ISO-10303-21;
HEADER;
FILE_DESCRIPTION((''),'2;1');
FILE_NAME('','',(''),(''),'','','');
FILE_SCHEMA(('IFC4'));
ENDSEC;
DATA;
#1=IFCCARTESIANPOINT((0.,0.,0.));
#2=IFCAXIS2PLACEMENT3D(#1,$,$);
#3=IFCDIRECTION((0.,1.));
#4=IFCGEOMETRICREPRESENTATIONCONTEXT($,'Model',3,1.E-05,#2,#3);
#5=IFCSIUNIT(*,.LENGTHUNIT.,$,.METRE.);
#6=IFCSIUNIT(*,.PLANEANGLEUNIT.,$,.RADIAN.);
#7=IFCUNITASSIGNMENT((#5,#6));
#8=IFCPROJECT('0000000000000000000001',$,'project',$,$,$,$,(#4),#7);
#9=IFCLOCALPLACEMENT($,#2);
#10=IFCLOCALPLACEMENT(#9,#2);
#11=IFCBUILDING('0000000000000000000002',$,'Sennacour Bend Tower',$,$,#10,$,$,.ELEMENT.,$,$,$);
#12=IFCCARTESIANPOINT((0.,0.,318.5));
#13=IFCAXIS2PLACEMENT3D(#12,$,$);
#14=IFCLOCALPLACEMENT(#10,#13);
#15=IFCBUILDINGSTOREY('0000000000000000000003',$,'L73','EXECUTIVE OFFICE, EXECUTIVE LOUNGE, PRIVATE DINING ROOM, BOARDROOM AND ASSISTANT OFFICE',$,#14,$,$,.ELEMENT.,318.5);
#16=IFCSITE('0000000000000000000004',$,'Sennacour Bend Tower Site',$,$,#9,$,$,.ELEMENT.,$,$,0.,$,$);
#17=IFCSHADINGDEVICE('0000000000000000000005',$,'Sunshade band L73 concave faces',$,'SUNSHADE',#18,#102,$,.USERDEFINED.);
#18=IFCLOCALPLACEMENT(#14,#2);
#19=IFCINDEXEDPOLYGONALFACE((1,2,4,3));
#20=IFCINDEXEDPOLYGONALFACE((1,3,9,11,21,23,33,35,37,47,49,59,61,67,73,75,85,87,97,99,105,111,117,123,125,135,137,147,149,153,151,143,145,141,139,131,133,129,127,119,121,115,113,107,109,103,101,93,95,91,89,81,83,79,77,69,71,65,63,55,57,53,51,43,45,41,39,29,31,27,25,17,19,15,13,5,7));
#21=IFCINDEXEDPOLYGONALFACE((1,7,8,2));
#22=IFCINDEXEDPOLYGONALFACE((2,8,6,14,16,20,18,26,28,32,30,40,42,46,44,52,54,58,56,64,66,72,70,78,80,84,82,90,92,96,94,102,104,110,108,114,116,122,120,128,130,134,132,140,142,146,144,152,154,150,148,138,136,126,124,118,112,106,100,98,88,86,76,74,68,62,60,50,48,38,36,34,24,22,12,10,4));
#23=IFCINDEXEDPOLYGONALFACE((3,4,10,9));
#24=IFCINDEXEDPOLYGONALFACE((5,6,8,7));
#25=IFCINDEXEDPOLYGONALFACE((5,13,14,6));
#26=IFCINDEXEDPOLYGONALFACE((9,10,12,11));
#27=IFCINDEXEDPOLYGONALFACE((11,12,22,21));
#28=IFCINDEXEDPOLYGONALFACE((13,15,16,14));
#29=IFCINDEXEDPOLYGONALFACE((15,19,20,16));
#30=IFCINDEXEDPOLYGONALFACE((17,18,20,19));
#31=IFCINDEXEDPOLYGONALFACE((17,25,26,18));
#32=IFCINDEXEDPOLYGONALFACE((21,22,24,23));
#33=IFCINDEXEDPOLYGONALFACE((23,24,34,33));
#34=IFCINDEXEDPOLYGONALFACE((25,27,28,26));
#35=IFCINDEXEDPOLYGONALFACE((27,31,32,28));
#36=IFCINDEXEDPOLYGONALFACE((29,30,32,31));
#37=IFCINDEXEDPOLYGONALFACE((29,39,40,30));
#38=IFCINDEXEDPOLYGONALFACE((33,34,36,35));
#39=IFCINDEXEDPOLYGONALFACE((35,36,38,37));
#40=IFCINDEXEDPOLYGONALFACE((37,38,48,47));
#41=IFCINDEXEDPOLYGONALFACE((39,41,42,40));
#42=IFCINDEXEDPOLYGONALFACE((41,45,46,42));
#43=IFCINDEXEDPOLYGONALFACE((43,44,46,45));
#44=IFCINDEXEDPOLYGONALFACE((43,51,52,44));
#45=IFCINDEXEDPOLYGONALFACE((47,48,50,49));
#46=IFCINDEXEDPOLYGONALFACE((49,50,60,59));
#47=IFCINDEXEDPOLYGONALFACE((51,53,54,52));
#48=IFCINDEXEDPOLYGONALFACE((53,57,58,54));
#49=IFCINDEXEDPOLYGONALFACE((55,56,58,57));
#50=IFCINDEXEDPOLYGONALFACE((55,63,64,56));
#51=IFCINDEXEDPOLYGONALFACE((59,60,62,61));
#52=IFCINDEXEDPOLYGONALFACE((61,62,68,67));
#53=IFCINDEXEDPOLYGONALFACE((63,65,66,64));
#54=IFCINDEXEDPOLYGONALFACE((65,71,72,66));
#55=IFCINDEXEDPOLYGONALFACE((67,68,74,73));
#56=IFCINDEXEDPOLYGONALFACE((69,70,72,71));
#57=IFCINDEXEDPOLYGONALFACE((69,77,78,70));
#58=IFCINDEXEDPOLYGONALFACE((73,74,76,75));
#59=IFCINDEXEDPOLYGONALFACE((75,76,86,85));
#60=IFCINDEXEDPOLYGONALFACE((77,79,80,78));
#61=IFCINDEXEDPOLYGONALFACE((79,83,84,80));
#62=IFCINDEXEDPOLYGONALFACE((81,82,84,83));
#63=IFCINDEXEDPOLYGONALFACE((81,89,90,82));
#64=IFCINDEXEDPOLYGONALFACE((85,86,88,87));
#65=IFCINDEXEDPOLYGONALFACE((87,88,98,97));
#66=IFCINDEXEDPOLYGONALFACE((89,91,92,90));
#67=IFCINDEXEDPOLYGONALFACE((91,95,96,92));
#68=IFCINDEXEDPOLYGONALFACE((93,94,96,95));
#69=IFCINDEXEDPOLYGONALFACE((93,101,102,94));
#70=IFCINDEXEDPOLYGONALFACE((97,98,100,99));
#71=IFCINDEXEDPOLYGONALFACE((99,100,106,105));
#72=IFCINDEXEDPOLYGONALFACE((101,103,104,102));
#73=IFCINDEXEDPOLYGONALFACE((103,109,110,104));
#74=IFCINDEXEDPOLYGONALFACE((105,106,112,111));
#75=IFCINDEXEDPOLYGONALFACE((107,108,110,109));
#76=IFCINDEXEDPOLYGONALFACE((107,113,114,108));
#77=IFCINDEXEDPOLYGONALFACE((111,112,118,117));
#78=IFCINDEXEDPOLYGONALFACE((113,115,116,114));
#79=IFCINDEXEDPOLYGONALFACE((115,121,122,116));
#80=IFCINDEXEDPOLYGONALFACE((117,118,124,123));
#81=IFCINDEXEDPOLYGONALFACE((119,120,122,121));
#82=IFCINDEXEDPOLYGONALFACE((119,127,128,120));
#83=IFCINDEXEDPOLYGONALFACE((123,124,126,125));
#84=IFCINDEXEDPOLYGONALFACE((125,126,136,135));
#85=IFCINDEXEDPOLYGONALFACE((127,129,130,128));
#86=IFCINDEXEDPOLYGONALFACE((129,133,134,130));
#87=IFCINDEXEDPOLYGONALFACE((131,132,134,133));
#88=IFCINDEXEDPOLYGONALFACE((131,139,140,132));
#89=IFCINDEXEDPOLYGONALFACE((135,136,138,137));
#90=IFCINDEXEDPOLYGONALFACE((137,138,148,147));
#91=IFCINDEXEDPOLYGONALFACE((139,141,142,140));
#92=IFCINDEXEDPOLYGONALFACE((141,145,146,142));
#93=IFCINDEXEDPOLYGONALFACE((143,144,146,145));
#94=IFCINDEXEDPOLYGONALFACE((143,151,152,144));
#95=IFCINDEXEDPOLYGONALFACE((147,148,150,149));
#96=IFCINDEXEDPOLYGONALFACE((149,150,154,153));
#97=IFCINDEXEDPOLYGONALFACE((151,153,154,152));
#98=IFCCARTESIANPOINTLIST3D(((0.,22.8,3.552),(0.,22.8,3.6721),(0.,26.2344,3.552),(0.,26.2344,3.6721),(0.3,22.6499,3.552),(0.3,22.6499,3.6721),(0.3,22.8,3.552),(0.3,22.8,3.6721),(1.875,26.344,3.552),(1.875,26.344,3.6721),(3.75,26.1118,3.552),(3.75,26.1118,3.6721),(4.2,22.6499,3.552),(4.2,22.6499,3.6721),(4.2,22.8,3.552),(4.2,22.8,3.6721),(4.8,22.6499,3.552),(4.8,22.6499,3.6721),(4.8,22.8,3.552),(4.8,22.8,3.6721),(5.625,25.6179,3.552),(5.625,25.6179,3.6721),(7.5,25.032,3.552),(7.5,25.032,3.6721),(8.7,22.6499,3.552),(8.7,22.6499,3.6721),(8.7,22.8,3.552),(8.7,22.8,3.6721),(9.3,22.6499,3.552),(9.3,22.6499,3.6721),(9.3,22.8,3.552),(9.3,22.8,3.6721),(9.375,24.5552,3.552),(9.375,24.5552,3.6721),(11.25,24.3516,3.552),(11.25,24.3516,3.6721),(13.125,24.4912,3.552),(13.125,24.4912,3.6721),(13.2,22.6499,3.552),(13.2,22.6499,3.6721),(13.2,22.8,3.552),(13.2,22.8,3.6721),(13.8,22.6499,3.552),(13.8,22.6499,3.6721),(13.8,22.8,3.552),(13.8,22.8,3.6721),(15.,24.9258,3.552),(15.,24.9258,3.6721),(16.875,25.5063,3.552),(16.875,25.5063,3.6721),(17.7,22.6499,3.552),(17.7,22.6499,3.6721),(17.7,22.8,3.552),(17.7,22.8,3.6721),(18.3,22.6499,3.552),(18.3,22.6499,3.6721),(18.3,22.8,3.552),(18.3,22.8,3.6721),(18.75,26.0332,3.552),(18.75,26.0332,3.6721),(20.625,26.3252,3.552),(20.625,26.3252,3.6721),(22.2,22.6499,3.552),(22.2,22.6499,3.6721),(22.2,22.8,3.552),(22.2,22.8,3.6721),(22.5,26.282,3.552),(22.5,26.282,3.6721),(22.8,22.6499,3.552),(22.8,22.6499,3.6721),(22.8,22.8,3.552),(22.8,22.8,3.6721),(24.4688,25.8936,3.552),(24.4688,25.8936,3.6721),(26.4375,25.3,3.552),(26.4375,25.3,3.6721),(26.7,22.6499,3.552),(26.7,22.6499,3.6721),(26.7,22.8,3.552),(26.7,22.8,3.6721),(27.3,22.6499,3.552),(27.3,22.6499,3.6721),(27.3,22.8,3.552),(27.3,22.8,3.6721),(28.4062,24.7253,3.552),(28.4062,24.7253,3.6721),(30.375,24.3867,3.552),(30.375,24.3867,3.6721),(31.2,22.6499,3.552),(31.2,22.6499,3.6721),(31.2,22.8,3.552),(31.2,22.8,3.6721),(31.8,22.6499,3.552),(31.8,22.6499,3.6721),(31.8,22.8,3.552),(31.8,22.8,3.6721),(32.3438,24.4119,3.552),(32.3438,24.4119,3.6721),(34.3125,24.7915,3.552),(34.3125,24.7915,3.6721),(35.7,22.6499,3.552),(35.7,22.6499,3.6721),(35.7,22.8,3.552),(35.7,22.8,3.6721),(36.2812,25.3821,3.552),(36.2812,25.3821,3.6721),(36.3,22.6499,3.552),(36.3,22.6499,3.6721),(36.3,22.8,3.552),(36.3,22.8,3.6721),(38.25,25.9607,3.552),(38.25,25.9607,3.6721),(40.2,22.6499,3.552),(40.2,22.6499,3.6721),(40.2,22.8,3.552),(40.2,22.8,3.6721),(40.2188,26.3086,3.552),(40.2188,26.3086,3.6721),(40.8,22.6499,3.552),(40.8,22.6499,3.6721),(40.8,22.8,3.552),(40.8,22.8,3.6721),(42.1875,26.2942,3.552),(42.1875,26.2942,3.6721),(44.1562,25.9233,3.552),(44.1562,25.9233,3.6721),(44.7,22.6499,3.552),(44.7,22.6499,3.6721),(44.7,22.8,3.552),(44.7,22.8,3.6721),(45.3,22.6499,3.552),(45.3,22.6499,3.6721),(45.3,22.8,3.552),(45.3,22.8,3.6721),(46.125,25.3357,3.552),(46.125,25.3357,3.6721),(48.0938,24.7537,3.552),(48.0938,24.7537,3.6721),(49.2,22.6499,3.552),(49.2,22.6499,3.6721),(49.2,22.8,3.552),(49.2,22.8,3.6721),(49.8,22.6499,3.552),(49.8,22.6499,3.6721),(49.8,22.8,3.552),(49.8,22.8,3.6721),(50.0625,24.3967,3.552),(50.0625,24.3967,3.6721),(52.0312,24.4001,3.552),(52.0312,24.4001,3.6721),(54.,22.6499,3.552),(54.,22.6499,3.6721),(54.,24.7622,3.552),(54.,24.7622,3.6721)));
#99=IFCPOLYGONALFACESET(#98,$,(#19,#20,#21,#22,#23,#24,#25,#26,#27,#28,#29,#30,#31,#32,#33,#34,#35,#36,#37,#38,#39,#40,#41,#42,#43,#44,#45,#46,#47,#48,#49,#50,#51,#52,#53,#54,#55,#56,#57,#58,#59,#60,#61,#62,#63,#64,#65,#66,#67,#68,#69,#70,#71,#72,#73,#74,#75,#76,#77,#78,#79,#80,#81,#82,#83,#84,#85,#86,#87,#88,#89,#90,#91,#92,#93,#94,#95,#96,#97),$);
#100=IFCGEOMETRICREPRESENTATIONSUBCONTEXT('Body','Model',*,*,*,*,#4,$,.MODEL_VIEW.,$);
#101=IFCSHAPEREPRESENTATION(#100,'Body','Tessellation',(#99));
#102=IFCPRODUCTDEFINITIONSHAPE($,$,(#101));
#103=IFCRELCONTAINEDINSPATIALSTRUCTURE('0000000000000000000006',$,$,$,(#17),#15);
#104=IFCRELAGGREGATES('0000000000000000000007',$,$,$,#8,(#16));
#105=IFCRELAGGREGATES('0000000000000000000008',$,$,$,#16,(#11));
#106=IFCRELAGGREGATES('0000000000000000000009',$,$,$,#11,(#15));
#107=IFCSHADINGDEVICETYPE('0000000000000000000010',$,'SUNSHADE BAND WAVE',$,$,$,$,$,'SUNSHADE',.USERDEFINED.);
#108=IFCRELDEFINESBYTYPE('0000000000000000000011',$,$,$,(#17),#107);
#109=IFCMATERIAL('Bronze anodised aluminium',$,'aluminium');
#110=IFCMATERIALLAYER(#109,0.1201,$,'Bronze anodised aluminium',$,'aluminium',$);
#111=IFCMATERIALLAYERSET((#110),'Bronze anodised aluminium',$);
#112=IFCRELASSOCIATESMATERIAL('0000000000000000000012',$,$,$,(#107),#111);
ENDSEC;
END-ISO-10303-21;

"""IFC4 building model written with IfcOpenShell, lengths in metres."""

from ifc_helpers import new_model, si_unit, direction, frame, origin, place, context, subcontext, project, spatial, polyline, outline, extrude, material, layer, layer_set, type_object, element, save


model = new_model("IFC4")

# Units and contexts
model_context = context("Model", 3, precision=1e-05, world=origin(), true_north=direction((0.0, 1.0)))
body_context = subcontext(model_context, "Body", "Model", "MODEL_VIEW")
ifc_project = project(units=[si_unit("LENGTHUNIT", "METRE"), si_unit("PLANEANGLEUNIT", "RADIAN")], contexts=[model_context])

# Site, building, storey
site_placement = place(None, origin())
site = spatial("IfcSite", under=ifc_project, at=site_placement, Name="Sennacour Bend Tower Site", CompositionType="ELEMENT", RefElevation=0.0)
building_placement = place(site_placement, origin())
building = spatial("IfcBuilding", under=site, at=building_placement, Name="Sennacour Bend Tower", CompositionType="ELEMENT")
storey_placement = place(building_placement, frame((0.0, 0.0, 318.5)))
storey = spatial("IfcBuildingStorey", under=building, at=storey_placement, Name="L73", Description="EXECUTIVE OFFICE, EXECUTIVE LOUNGE, PRIVATE DINING ROOM, BOARDROOM AND ASSISTANT OFFICE", CompositionType="ELEMENT", Elevation=318.5)

# Shading device
ifc_material_1 = material(Name="Bronze anodised aluminium", Category="aluminium")
ifc_layer_1 = layer(ifc_material_1, 0.1201, Name="Bronze anodised aluminium", Category="aluminium")
ifc_layer_set_1 = layer_set([ifc_layer_1], Name="Bronze anodised aluminium")
shading_device_type_1 = type_object("IfcShadingDeviceType", Name="SUNSHADE BAND WAVE", ElementType="SUNSHADE", PredefinedType="USERDEFINED", material=ifc_layer_set_1)
shading_device_1_placement = place(storey_placement, frame((0.0, 0.0, 3.552)))
element("IfcShadingDevice", 1, at=shading_device_1_placement, inside=storey, type_object=shading_device_type_1, Name="Sunshade band L73 concave faces", ObjectType="SUNSHADE", PredefinedType="USERDEFINED", context=body_context, shape_type="SweptSolid", body=[
    extrude(outline(polyline([(54.0, 22.6499), (49.8, 22.6499), (49.8, 22.8), (49.2, 22.8), (49.2, 22.6499), (45.3, 22.6499), (45.3, 22.8), (44.7, 22.8), (44.7, 22.6499), (40.8, 22.6499), (40.8, 22.8), (40.2, 22.8), (40.2, 22.6499), (36.3, 22.6499), (36.3, 22.8), (35.7, 22.8), (35.7, 22.6499), (31.8, 22.6499), (31.8, 22.8), (31.2, 22.8), (31.2, 22.6499), (27.3, 22.6499), (27.3, 22.8), (26.7, 22.8), (26.7, 22.6499), (22.8, 22.6499), (22.8, 22.8), (22.2, 22.8), (22.2, 22.6499), (18.3, 22.6499), (18.3, 22.8), (17.7, 22.8), (17.7, 22.6499), (13.8, 22.6499), (13.8, 22.8), (13.2, 22.8), (13.2, 22.6499), (9.3, 22.6499), (9.3, 22.8), (8.7, 22.8), (8.7, 22.6499), (4.8, 22.6499), (4.8, 22.8), (4.2, 22.8), (4.2, 22.6499), (0.3, 22.6499), (0.3, 22.8), (0.0, 22.8), (0.0, 26.2344), (1.875, 26.344), (3.75, 26.1118), (5.625, 25.6179), (7.5, 25.032), (9.375, 24.5552), (11.25, 24.3516), (13.125, 24.4912), (15.0, 24.9258), (16.875, 25.5063), (18.75, 26.0332), (20.625, 26.3252), (22.5, 26.282), (24.4688, 25.8936), (26.4375, 25.3), (28.4062, 24.7253), (30.375, 24.3867), (32.3438, 24.4119), (34.3125, 24.7915), (36.2812, 25.3821), (38.25, 25.9607), (40.2188, 26.3086), (42.1875, 26.2942), (44.1562, 25.9233), (46.125, 25.3357), (48.0938, 24.7537), (50.0625, 24.3967), (52.0312, 24.4001), (54.0, 24.7622), (54.0, 22.6499)])), origin(), (0.0, 0.0, 1.0), 0.1201),
])

save(model, "model.ifc")
